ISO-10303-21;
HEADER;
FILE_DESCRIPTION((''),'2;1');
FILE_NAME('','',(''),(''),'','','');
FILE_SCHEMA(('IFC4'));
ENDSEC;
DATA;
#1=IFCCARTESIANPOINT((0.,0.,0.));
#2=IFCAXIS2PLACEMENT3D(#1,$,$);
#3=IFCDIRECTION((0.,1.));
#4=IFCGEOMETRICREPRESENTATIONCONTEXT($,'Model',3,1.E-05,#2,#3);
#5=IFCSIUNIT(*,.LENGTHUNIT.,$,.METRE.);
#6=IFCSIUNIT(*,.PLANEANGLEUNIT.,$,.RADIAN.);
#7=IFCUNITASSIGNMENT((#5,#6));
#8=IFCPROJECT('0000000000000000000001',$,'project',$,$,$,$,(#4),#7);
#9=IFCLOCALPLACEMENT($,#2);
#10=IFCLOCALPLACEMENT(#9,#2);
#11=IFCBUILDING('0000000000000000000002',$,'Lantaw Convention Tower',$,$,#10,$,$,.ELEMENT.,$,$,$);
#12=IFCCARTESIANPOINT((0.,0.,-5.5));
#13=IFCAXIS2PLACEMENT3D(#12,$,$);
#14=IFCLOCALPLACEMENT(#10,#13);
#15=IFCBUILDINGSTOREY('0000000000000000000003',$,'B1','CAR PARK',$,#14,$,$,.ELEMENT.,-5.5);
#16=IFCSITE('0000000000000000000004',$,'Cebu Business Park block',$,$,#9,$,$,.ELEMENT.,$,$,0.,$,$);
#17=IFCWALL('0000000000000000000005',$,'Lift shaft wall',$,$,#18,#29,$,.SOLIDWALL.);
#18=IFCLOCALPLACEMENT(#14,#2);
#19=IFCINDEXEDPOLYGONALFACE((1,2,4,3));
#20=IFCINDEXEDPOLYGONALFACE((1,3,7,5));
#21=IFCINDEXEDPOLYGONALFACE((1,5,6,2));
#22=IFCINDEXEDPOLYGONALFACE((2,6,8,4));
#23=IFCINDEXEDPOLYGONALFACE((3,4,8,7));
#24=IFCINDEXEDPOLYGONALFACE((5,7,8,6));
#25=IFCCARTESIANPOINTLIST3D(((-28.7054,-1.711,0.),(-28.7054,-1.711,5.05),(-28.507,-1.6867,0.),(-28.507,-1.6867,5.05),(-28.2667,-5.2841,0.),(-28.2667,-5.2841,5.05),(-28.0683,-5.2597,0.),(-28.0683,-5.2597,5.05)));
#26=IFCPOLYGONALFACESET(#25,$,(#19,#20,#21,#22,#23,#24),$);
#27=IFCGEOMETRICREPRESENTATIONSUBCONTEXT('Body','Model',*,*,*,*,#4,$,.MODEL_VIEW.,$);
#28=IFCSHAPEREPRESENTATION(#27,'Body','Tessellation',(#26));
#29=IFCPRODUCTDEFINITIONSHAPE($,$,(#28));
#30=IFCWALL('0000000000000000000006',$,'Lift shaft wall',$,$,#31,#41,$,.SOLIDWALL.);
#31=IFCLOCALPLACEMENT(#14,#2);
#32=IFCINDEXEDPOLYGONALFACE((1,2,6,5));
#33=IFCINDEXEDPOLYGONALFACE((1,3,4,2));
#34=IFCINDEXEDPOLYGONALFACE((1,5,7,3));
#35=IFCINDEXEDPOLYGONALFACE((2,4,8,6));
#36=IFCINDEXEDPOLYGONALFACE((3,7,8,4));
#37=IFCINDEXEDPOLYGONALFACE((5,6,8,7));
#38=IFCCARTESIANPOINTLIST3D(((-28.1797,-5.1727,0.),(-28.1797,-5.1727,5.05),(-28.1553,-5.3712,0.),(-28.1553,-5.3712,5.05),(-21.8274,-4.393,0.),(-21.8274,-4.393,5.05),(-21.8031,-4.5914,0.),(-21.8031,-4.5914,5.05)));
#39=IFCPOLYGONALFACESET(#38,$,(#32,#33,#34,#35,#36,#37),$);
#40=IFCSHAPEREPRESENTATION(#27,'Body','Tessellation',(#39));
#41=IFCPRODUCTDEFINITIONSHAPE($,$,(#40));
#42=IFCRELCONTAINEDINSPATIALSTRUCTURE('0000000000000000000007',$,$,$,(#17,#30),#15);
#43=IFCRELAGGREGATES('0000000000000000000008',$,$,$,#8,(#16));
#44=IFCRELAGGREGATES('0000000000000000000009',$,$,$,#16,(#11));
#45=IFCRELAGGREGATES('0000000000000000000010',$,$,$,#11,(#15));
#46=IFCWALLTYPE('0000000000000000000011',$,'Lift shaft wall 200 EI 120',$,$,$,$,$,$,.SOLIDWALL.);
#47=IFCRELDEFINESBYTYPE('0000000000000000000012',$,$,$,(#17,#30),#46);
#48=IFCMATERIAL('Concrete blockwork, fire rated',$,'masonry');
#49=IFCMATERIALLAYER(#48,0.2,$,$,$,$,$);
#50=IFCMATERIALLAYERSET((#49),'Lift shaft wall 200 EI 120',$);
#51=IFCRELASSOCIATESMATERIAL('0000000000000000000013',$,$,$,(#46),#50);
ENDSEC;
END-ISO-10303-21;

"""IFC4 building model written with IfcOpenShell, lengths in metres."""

from ifc_helpers import new_model, si_unit, direction, frame, frame_2d, origin, place, context, subcontext, project, spatial, rectangle, extrude, material, layer, layer_set, type_object, element, save


model = new_model("IFC4")

# Units and contexts
model_context = context("Model", 3, precision=1e-05, world=origin(), true_north=direction((0.0, 1.0)))
body_context = subcontext(model_context, "Body", "Model", "MODEL_VIEW")
ifc_project = project(units=[si_unit("LENGTHUNIT", "METRE"), si_unit("PLANEANGLEUNIT", "RADIAN")], contexts=[model_context])

# Site, building, storey
site_placement = place(None, origin())
site = spatial("IfcSite", under=ifc_project, at=site_placement, Name="Cebu Business Park block", CompositionType="ELEMENT", RefElevation=0.0)
building_placement = place(site_placement, origin())
building = spatial("IfcBuilding", under=site, at=building_placement, Name="Lantaw Convention Tower", CompositionType="ELEMENT")
storey_placement = place(building_placement, frame((0.0, 0.0, -5.5)))
storey = spatial("IfcBuildingStorey", under=building, at=storey_placement, Name="B1", Description="CAR PARK", CompositionType="ELEMENT", Elevation=-5.5)

# Shared definitions
ifc_material_1 = material(Name="Concrete blockwork, fire rated", Category="masonry")
ifc_layer = layer(ifc_material_1, 0.2)
ifc_layer_set = layer_set([ifc_layer], Name="Lift shaft wall 200 EI 120")
wall_type = type_object("IfcWallType", Name="Lift shaft wall 200 EI 120", PredefinedType="SOLIDWALL", material=ifc_layer_set)

# Walls
wall_1_placement = place(storey_placement, frame((-28.6062, -1.699, 0.0), z_axis=(0.0, 0.0, 1.0), x_axis=(0.121873, -0.992546, 0.0)))
element("IfcWall", 1, at=wall_1_placement, inside=storey, type_object=wall_type, Name="Lift shaft wall", PredefinedType="SOLIDWALL", context=body_context, shape_type="SweptSolid", body=[
    extrude(rectangle(XDim=3.5999, YDim=0.2, at=frame_2d((1.7998, 0.0))), origin(), (0.0, 0.0, 1.0), 5.05),
])
wall_2_placement = place(storey_placement, frame((-28.1675, -5.272, 0.0), z_axis=(0.0, 0.0, 1.0), x_axis=(0.99255, 0.121842, 0.0)))
element("IfcWall", 2, at=wall_2_placement, inside=storey, type_object=wall_type, Name="Lift shaft wall", PredefinedType="SOLIDWALL", context=body_context, shape_type="SweptSolid", body=[
    extrude(rectangle(XDim=6.3999, YDim=0.2, at=frame_2d((3.2, 0.0))), origin(), (0.0, 0.0, 1.0), 5.05),
])

save(model, "model.ifc")
